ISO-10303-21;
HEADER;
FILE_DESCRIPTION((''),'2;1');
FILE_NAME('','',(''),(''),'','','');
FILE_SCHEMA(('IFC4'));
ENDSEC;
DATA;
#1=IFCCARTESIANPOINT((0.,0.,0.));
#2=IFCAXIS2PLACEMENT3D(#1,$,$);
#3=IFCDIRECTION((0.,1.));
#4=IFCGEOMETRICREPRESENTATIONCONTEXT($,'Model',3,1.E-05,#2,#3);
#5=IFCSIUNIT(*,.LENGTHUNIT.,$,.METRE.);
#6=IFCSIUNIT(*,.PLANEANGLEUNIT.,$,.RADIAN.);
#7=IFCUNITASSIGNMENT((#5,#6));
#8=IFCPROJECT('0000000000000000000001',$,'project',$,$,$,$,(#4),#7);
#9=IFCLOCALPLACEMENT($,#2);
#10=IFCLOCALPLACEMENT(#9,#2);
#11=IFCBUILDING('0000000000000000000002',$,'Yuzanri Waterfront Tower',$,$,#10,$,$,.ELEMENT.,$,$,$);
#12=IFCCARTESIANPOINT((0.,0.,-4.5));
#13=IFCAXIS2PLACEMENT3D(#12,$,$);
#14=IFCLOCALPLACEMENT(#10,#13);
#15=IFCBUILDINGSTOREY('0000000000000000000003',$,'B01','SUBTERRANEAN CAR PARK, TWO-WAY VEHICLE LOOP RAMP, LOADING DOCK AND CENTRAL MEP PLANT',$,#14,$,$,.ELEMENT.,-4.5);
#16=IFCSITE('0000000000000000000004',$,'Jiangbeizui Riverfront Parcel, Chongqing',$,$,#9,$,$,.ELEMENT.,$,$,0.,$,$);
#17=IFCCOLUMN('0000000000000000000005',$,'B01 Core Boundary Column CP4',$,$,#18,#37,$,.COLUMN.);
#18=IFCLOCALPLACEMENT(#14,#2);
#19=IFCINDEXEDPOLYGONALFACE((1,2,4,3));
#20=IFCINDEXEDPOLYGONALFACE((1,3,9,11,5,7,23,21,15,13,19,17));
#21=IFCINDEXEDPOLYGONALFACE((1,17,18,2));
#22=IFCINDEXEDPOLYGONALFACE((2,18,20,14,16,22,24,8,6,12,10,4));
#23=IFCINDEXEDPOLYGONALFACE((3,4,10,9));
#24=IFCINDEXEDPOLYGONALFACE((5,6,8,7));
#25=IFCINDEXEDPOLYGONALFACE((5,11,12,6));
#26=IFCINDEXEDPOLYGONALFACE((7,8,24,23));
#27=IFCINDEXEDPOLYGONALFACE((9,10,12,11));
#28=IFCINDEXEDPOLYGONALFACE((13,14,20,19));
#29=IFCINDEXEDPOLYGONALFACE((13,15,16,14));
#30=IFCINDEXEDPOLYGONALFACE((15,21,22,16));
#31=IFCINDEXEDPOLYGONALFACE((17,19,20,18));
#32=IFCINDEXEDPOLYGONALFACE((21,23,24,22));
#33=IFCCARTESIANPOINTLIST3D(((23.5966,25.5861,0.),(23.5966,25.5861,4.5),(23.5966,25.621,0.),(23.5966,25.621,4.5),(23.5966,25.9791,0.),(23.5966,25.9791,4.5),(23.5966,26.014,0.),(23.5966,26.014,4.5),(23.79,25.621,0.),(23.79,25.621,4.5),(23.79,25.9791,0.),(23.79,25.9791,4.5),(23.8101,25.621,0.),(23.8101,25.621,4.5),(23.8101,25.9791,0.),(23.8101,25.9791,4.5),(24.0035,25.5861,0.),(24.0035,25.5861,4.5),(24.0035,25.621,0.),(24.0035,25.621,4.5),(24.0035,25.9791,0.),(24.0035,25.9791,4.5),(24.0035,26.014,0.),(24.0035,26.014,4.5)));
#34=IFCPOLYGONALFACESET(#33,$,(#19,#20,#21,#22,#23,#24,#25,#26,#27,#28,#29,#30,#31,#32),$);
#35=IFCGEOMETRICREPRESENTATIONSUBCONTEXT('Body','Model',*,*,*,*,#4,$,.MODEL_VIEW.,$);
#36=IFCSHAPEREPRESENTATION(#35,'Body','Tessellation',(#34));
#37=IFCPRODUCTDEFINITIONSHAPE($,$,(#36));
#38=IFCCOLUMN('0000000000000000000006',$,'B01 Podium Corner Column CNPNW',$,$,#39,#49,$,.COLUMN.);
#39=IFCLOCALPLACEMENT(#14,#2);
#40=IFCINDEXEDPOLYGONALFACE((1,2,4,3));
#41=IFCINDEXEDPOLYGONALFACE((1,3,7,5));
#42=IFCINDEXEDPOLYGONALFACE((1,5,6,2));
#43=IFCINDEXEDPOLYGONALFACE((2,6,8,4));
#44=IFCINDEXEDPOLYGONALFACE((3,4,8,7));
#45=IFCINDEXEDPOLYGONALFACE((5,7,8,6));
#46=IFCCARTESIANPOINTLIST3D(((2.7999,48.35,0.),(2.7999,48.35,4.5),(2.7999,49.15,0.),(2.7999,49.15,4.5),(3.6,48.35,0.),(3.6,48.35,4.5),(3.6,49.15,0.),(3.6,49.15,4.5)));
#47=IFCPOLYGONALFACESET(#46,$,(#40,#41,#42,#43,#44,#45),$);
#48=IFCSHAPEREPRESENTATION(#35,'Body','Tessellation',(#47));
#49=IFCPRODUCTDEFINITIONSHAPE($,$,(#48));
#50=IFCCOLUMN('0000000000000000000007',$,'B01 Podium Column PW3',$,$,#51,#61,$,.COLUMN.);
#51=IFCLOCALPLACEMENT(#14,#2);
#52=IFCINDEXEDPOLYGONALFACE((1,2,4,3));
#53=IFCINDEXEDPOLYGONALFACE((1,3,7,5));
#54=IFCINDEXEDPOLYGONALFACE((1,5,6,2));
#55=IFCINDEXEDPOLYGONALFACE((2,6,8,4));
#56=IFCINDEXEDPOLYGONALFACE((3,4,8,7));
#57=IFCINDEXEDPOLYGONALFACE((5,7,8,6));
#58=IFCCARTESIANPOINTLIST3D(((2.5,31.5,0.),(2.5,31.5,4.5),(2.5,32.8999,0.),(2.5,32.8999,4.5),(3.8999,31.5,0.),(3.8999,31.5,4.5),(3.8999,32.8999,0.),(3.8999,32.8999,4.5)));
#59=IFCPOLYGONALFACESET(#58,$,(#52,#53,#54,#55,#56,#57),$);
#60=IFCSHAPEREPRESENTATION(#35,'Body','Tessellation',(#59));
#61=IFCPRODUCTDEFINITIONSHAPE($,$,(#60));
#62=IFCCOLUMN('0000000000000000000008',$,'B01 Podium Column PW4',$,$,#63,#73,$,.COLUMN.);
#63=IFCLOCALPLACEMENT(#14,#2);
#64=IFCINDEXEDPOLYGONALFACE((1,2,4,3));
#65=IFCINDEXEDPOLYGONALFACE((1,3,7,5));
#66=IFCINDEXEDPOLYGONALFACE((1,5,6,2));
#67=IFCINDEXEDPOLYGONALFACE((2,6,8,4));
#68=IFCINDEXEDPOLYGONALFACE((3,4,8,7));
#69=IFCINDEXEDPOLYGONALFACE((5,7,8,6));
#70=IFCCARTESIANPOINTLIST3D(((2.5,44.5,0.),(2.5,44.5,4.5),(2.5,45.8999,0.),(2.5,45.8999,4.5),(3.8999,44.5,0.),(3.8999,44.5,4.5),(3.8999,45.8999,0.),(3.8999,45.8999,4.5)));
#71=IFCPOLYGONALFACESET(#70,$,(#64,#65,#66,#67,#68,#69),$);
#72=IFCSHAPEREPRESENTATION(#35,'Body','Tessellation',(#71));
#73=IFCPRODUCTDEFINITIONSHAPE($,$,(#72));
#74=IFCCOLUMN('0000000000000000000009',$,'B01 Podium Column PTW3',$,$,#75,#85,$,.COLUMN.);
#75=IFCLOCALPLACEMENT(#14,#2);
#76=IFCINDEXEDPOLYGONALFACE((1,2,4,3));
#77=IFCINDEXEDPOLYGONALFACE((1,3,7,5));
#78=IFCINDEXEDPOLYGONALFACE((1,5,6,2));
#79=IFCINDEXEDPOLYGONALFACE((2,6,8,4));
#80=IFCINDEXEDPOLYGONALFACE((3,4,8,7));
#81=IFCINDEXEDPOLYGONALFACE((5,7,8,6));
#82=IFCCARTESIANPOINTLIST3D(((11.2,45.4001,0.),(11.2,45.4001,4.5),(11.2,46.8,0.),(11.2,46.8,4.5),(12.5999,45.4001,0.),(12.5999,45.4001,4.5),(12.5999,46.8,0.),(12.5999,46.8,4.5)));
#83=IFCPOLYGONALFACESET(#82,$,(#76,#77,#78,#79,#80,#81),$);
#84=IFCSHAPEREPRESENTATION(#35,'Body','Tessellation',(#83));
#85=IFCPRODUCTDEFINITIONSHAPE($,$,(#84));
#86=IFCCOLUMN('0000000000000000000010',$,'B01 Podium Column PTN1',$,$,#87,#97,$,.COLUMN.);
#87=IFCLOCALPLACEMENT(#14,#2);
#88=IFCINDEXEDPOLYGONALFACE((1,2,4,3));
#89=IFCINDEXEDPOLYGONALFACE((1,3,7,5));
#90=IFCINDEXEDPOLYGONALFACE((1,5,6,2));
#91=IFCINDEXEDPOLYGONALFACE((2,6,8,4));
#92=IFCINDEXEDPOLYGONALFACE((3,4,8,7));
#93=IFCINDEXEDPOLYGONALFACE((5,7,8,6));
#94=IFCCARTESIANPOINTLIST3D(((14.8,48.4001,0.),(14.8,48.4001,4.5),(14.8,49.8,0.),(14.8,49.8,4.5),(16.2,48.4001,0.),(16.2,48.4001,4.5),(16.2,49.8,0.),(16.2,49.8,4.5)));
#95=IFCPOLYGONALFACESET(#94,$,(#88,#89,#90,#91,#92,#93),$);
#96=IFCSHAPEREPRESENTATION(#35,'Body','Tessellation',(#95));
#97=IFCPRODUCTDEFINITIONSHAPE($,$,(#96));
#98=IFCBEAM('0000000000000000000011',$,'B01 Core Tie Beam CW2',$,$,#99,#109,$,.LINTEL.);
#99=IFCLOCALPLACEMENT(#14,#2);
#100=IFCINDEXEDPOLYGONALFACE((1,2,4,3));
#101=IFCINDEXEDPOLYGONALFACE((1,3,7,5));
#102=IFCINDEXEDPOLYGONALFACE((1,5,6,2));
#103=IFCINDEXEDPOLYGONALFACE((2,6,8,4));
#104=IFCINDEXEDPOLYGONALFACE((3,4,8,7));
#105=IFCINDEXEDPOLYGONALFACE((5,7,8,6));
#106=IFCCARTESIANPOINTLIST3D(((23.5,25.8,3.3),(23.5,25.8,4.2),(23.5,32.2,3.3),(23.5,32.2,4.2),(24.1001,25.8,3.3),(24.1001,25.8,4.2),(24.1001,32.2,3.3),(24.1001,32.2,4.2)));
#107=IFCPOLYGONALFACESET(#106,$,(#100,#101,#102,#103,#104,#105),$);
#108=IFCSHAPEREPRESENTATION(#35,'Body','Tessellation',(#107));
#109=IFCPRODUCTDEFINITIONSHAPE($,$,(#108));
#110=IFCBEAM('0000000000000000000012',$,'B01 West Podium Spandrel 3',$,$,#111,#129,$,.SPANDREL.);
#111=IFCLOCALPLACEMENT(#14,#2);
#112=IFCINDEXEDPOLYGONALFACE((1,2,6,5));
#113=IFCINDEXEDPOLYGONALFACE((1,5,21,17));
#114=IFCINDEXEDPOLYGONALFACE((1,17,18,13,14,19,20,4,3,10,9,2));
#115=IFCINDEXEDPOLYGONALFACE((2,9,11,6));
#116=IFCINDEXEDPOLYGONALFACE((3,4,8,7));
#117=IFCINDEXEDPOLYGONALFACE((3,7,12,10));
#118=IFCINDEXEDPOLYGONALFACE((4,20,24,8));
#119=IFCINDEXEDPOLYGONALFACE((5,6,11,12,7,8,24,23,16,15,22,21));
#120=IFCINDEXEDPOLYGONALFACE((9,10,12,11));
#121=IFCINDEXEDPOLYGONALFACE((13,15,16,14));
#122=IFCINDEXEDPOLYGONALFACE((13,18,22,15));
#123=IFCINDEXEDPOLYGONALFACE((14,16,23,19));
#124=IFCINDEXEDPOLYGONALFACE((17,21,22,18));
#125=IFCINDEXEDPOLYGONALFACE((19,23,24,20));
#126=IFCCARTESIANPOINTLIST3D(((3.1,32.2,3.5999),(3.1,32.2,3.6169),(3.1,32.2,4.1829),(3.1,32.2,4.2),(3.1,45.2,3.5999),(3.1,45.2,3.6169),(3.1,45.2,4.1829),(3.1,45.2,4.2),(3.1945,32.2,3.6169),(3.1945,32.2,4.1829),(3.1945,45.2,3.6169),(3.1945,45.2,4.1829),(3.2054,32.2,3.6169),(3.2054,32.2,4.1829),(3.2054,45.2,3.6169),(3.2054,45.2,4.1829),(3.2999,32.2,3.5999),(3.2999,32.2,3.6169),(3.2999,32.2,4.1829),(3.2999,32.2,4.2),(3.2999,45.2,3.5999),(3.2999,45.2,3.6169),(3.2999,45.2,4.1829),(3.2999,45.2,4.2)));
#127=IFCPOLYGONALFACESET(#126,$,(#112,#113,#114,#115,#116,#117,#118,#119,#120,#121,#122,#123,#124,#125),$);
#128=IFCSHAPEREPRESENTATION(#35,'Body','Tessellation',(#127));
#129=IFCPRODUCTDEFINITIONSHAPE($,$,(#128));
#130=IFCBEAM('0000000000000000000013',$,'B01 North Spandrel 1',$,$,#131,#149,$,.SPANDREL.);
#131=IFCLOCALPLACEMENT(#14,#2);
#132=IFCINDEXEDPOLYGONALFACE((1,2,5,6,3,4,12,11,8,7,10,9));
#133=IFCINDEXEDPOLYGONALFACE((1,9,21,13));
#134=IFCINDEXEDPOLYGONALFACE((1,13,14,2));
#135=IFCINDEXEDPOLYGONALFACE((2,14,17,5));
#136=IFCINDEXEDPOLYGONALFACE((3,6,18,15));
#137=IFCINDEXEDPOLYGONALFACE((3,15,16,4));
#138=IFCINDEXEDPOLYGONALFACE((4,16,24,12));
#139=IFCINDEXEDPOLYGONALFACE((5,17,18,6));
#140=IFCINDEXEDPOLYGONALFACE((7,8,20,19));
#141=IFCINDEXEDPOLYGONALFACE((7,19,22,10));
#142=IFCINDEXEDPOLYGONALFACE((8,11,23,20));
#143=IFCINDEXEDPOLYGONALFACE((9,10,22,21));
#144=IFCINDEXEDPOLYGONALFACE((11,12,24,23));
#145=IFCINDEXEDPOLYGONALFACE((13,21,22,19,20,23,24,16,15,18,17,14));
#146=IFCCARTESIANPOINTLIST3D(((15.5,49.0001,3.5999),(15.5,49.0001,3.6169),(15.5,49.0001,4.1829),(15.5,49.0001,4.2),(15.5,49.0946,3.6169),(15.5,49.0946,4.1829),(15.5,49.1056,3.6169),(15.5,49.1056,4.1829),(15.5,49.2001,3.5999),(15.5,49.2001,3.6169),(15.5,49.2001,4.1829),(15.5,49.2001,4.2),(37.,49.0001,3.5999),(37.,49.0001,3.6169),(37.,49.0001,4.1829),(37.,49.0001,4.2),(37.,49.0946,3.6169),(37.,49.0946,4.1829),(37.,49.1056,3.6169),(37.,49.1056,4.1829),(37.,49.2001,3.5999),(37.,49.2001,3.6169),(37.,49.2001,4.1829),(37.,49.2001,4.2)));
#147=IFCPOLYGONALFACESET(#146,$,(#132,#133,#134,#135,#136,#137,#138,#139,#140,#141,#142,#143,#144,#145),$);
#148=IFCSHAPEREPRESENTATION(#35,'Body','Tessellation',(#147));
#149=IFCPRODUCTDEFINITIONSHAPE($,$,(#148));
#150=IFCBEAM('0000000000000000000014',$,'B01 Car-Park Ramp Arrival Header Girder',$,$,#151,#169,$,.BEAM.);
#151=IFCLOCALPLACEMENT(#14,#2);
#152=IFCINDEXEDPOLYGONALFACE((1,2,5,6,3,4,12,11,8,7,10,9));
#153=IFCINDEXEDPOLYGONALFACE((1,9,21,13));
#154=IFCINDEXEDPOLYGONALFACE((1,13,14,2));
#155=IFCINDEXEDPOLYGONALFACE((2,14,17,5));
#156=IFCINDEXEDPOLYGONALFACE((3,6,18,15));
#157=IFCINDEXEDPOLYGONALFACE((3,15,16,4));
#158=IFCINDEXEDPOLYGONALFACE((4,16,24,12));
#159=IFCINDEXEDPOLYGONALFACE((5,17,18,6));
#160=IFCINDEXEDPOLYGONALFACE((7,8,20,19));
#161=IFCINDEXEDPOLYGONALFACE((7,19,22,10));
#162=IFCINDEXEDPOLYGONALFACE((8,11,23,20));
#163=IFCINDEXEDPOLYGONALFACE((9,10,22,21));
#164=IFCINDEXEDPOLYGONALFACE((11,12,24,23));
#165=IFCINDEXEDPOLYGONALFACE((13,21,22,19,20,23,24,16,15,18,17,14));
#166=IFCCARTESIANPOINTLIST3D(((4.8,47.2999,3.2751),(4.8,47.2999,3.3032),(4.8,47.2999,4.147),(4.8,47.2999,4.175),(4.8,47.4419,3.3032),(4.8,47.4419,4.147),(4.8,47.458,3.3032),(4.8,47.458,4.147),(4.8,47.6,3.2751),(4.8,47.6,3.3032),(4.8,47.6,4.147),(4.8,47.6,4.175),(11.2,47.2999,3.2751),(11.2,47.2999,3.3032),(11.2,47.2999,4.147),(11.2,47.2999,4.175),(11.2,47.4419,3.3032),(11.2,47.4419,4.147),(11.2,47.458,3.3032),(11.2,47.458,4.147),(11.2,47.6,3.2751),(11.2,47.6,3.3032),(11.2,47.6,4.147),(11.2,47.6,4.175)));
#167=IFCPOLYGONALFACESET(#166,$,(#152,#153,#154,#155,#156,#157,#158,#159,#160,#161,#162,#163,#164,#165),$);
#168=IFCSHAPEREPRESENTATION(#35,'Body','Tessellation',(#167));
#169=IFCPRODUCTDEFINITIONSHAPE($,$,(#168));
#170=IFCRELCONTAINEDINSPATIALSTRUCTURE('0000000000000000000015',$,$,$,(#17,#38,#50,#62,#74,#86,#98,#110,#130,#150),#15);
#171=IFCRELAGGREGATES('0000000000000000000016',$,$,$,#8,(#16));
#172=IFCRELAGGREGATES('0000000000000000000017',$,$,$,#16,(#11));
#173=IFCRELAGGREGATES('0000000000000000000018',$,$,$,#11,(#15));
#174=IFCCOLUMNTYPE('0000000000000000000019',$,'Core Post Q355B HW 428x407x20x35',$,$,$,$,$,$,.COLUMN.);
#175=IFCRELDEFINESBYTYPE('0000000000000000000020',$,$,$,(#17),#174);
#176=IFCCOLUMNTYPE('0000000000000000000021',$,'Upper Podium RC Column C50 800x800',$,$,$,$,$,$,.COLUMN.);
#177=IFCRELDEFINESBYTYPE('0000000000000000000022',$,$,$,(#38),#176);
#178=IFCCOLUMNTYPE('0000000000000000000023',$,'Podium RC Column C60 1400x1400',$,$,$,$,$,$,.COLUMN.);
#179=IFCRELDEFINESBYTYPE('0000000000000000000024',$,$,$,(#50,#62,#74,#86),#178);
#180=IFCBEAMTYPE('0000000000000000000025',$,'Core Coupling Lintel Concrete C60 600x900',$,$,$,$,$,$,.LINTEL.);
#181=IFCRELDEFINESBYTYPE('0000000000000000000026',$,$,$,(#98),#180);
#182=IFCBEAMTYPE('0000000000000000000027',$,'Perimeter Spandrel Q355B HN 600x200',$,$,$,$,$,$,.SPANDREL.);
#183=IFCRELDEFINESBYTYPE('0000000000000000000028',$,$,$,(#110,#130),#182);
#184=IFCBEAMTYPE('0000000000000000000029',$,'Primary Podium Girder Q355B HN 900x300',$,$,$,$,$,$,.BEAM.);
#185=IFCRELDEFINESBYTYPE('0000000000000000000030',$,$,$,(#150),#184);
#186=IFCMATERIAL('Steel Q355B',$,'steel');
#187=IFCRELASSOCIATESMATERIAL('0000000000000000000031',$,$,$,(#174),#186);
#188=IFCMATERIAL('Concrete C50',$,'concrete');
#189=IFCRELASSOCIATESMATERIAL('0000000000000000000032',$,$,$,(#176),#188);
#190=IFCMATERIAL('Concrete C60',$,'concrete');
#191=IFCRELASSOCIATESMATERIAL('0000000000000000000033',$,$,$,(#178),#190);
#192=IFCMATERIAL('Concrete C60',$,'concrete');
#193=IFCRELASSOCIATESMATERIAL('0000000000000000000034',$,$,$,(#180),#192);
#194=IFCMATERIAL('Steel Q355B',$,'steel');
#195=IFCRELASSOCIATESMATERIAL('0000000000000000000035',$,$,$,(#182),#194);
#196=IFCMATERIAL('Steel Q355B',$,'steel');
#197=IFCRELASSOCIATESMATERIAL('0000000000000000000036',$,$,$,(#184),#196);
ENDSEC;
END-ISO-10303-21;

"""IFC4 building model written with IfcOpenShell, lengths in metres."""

from ifc_helpers import new_model, si_unit, direction, frame, origin, origin_2d, place, context, subcontext, project, spatial, rectangle, i_section, extrude, source, transform, mapped, material, material_profile, profile_set, type_object, element, save


model = new_model("IFC4")

# Units and contexts
model_context = context("Model", 3, precision=1e-05, world=origin(), true_north=direction((0.0, 1.0)))
body_context = subcontext(model_context, "Body", "Model", "MODEL_VIEW")
ifc_project = project(units=[si_unit("LENGTHUNIT", "METRE"), si_unit("PLANEANGLEUNIT", "RADIAN")], contexts=[model_context])

# Site, building, storey
site_placement = place(None, origin())
site = spatial("IfcSite", under=ifc_project, at=site_placement, Name="Jiangbeizui Riverfront Parcel, Chongqing", CompositionType="ELEMENT", RefElevation=0.0)
building_placement = place(site_placement, origin())
building = spatial("IfcBuilding", under=site, at=building_placement, Name="Yuzanri Waterfront Tower", CompositionType="ELEMENT")
storey_placement = place(building_placement, frame((0.0, 0.0, -4.5)))
storey = spatial("IfcBuildingStorey", under=building, at=storey_placement, Name="B01", Description="SUBTERRANEAN CAR PARK, TWO-WAY VEHICLE LOOP RAMP, LOADING DOCK AND CENTRAL MEP PLANT", CompositionType="ELEMENT", Elevation=-4.5)

# Columns
ifc_material_1 = material(Name="Steel Q355B", Category="steel")
ifc_material_profile_1 = material_profile(ifc_material_1, i_section(OverallWidth=0.407, OverallDepth=0.428, WebThickness=0.02, FlangeThickness=0.0349, at=origin_2d()), Name="HW 428x407x20x35")
ifc_profile_set_1 = profile_set([ifc_material_profile_1], Name="Steel Q355B")
column_type_1 = type_object("IfcColumnType", Name="Core Post Q355B HW 428x407x20x35", PredefinedType="COLUMN", material=ifc_profile_set_1)
shared_shape_1 = source(origin(), body_context, "Body", "SweptSolid", [
    extrude(i_section(OverallWidth=0.407, OverallDepth=0.428, WebThickness=0.02, FlangeThickness=0.0349, at=origin_2d()), origin(), (0.0, 0.0, 1.0), 4.5),
])
column_1_placement = place(storey_placement, frame((23.8, 25.8, 0.0), z_axis=(0.0, 0.0, 1.0), x_axis=(1.0, 0.0, 0.0)))
element("IfcColumn", 1, at=column_1_placement, inside=storey, type_object=column_type_1, Name="B01 Core Boundary Column CP4", PredefinedType="COLUMN", context=body_context, shape_type="MappedRepresentation", body=[
    mapped(shared_shape_1, transform((0.0, 0.0, 0.0), scale=1.0)),
])
ifc_material_2 = material(Name="Concrete C50", Category="concrete")
ifc_material_profile_2 = material_profile(ifc_material_2, rectangle(XDim=0.8, YDim=0.8, at=origin_2d()), Name="RC 800x800")
ifc_profile_set_2 = profile_set([ifc_material_profile_2], Name="Concrete C50")
column_type_2 = type_object("IfcColumnType", Name="Upper Podium RC Column C50 800x800", PredefinedType="COLUMN", material=ifc_profile_set_2)
shared_shape_2 = source(origin(), body_context, "Body", "SweptSolid", [
    extrude(rectangle(XDim=0.8, YDim=0.8, at=origin_2d()), origin(), (0.0, 0.0, 1.0), 4.5),
])
column_2_placement = place(storey_placement, frame((3.2, 48.75, 0.0), z_axis=(0.0, 0.0, 1.0), x_axis=(1.0, 0.0, 0.0)))
element("IfcColumn", 2, at=column_2_placement, inside=storey, type_object=column_type_2, Name="B01 Podium Corner Column CNPNW", PredefinedType="COLUMN", context=body_context, shape_type="MappedRepresentation", body=[
    mapped(shared_shape_2, transform((0.0, 0.0, 0.0), scale=1.0)),
])
ifc_material_3 = material(Name="Concrete C60", Category="concrete")
ifc_material_profile_3 = material_profile(ifc_material_3, rectangle(XDim=1.3999, YDim=1.3999, at=origin_2d()), Name="RC 1400x1400")
ifc_profile_set_3 = profile_set([ifc_material_profile_3], Name="Concrete C60")
column_type_3 = type_object("IfcColumnType", Name="Podium RC Column C60 1400x1400", PredefinedType="COLUMN", material=ifc_profile_set_3)
shared_shape_3 = source(origin(), body_context, "Body", "SweptSolid", [
    extrude(rectangle(XDim=1.3999, YDim=1.3999, at=origin_2d()), origin(), (0.0, 0.0, 1.0), 4.5),
])
for number, where, z_axis, x_axis, name in (
    (3, (3.2, 32.2, 0.0), (0.0, 0.0, 1.0), (1.0, 0.0, 0.0), "B01 Podium Column PW3"),
    (4, (3.2, 45.2, 0.0), (0.0, 0.0, 1.0), (1.0, 0.0, 0.0), "B01 Podium Column PW4"),
    (5, (11.8999, 46.1001, 0.0), (0.0, 0.0, 1.0), (1.0, 0.0, 0.0), "B01 Podium Column PTW3"),
    (6, (15.5, 49.1001, 0.0), (0.0, 0.0, 1.0), (1.0, 0.0, 0.0), "B01 Podium Column PTN1"),
):
    element("IfcColumn", number, at=place(storey_placement, frame(where, z_axis=z_axis, x_axis=x_axis)), inside=storey, type_object=column_type_3, Name=name, PredefinedType="COLUMN", context=body_context, shape_type="MappedRepresentation", body=[
        mapped(shared_shape_3, transform((0.0, 0.0, 0.0), scale=1.0)),
    ])

# Beams
ifc_material_4 = material(Name="Concrete C60", Category="concrete")
ifc_material_profile_4 = material_profile(ifc_material_4, rectangle(XDim=0.6001, YDim=0.8999, at=origin_2d()), Name="RC 600x900")
ifc_profile_set_4 = profile_set([ifc_material_profile_4], Name="Concrete C60")
beam_type_1 = type_object("IfcBeamType", Name="Core Coupling Lintel Concrete C60 600x900", PredefinedType="LINTEL", material=ifc_profile_set_4)
shared_shape_4 = source(origin(), body_context, "Body", "SweptSolid", [
    extrude(rectangle(XDim=0.6001, YDim=0.8999, at=origin_2d()), origin(), (0.0, 0.0, 1.0), 6.3999),
])
beam_1_placement = place(storey_placement, frame((23.8, 25.8, 3.75), z_axis=(0.0, 1.0, 0.0), x_axis=(-1.0, 0.0, 0.0)))
element("IfcBeam", 7, at=beam_1_placement, inside=storey, type_object=beam_type_1, Name="B01 Core Tie Beam CW2", PredefinedType="LINTEL", context=body_context, shape_type="MappedRepresentation", body=[
    mapped(shared_shape_4, transform((0.0, 0.0, 0.0), scale=1.0)),
])
ifc_material_5 = material(Name="Steel Q355B", Category="steel")
ifc_material_profile_5 = material_profile(ifc_material_5, i_section(OverallWidth=0.2, OverallDepth=0.6001, WebThickness=0.011, FlangeThickness=0.0171, at=origin_2d()), Name="HN 600x200x11x17")
ifc_profile_set_5 = profile_set([ifc_material_profile_5], Name="Steel Q355B")
beam_type_2 = type_object("IfcBeamType", Name="Perimeter Spandrel Q355B HN 600x200", PredefinedType="SPANDREL", material=ifc_profile_set_5)
shared_shape_5 = source(origin(), body_context, "Body", "SweptSolid", [
    extrude(i_section(OverallWidth=0.2, OverallDepth=0.6001, WebThickness=0.011, FlangeThickness=0.0171, at=origin_2d()), origin(), (0.0, 0.0, 1.0), 13.0),
])
beam_2_placement = place(storey_placement, frame((3.2, 32.2, 3.8999), z_axis=(0.0, 1.0, 0.0), x_axis=(-1.0, 0.0, 0.0)))
element("IfcBeam", 8, at=beam_2_placement, inside=storey, type_object=beam_type_2, Name="B01 West Podium Spandrel 3", PredefinedType="SPANDREL", context=body_context, shape_type="MappedRepresentation", body=[
    mapped(shared_shape_5, transform((0.0, 0.0, 0.0), scale=1.0)),
])
shared_shape_6 = source(origin(), body_context, "Body", "SweptSolid", [
    extrude(i_section(OverallWidth=0.2, OverallDepth=0.6001, WebThickness=0.011, FlangeThickness=0.0171, at=origin_2d()), origin(), (0.0, 0.0, 1.0), 21.5),
])
beam_3_placement = place(storey_placement, frame((15.5, 49.1001, 3.8999), z_axis=(1.0, 0.0, 0.0), x_axis=(0.0, 1.0, 0.0)))
element("IfcBeam", 9, at=beam_3_placement, inside=storey, type_object=beam_type_2, Name="B01 North Spandrel 1", PredefinedType="SPANDREL", context=body_context, shape_type="MappedRepresentation", body=[
    mapped(shared_shape_6, transform((0.0, 0.0, 0.0), scale=1.0)),
])
ifc_material_6 = material(Name="Steel Q355B", Category="steel")
ifc_material_profile_6 = material_profile(ifc_material_6, i_section(OverallWidth=0.3, OverallDepth=0.8999, WebThickness=0.0161, FlangeThickness=0.0281, at=origin_2d()), Name="HN 900x300x16x28")
ifc_profile_set_6 = profile_set([ifc_material_profile_6], Name="Steel Q355B")
beam_type_3 = type_object("IfcBeamType", Name="Primary Podium Girder Q355B HN 900x300", PredefinedType="BEAM", material=ifc_profile_set_6)
shared_shape_7 = source(origin(), body_context, "Body", "SweptSolid", [
    extrude(i_section(OverallWidth=0.3, OverallDepth=0.8999, WebThickness=0.0161, FlangeThickness=0.0281, at=origin_2d()), origin(), (0.0, 0.0, 1.0), 6.3999),
])
beam_4_placement = place(storey_placement, frame((4.8, 47.45, 3.7251), z_axis=(1.0, 0.0, 0.0), x_axis=(0.0, 1.0, 0.0)))
element("IfcBeam", 10, at=beam_4_placement, inside=storey, type_object=beam_type_3, Name="B01 Car-Park Ramp Arrival Header Girder", PredefinedType="BEAM", context=body_context, shape_type="MappedRepresentation", body=[
    mapped(shared_shape_7, transform((0.0, 0.0, 0.0), scale=1.0)),
])

save(model, "model.ifc")
